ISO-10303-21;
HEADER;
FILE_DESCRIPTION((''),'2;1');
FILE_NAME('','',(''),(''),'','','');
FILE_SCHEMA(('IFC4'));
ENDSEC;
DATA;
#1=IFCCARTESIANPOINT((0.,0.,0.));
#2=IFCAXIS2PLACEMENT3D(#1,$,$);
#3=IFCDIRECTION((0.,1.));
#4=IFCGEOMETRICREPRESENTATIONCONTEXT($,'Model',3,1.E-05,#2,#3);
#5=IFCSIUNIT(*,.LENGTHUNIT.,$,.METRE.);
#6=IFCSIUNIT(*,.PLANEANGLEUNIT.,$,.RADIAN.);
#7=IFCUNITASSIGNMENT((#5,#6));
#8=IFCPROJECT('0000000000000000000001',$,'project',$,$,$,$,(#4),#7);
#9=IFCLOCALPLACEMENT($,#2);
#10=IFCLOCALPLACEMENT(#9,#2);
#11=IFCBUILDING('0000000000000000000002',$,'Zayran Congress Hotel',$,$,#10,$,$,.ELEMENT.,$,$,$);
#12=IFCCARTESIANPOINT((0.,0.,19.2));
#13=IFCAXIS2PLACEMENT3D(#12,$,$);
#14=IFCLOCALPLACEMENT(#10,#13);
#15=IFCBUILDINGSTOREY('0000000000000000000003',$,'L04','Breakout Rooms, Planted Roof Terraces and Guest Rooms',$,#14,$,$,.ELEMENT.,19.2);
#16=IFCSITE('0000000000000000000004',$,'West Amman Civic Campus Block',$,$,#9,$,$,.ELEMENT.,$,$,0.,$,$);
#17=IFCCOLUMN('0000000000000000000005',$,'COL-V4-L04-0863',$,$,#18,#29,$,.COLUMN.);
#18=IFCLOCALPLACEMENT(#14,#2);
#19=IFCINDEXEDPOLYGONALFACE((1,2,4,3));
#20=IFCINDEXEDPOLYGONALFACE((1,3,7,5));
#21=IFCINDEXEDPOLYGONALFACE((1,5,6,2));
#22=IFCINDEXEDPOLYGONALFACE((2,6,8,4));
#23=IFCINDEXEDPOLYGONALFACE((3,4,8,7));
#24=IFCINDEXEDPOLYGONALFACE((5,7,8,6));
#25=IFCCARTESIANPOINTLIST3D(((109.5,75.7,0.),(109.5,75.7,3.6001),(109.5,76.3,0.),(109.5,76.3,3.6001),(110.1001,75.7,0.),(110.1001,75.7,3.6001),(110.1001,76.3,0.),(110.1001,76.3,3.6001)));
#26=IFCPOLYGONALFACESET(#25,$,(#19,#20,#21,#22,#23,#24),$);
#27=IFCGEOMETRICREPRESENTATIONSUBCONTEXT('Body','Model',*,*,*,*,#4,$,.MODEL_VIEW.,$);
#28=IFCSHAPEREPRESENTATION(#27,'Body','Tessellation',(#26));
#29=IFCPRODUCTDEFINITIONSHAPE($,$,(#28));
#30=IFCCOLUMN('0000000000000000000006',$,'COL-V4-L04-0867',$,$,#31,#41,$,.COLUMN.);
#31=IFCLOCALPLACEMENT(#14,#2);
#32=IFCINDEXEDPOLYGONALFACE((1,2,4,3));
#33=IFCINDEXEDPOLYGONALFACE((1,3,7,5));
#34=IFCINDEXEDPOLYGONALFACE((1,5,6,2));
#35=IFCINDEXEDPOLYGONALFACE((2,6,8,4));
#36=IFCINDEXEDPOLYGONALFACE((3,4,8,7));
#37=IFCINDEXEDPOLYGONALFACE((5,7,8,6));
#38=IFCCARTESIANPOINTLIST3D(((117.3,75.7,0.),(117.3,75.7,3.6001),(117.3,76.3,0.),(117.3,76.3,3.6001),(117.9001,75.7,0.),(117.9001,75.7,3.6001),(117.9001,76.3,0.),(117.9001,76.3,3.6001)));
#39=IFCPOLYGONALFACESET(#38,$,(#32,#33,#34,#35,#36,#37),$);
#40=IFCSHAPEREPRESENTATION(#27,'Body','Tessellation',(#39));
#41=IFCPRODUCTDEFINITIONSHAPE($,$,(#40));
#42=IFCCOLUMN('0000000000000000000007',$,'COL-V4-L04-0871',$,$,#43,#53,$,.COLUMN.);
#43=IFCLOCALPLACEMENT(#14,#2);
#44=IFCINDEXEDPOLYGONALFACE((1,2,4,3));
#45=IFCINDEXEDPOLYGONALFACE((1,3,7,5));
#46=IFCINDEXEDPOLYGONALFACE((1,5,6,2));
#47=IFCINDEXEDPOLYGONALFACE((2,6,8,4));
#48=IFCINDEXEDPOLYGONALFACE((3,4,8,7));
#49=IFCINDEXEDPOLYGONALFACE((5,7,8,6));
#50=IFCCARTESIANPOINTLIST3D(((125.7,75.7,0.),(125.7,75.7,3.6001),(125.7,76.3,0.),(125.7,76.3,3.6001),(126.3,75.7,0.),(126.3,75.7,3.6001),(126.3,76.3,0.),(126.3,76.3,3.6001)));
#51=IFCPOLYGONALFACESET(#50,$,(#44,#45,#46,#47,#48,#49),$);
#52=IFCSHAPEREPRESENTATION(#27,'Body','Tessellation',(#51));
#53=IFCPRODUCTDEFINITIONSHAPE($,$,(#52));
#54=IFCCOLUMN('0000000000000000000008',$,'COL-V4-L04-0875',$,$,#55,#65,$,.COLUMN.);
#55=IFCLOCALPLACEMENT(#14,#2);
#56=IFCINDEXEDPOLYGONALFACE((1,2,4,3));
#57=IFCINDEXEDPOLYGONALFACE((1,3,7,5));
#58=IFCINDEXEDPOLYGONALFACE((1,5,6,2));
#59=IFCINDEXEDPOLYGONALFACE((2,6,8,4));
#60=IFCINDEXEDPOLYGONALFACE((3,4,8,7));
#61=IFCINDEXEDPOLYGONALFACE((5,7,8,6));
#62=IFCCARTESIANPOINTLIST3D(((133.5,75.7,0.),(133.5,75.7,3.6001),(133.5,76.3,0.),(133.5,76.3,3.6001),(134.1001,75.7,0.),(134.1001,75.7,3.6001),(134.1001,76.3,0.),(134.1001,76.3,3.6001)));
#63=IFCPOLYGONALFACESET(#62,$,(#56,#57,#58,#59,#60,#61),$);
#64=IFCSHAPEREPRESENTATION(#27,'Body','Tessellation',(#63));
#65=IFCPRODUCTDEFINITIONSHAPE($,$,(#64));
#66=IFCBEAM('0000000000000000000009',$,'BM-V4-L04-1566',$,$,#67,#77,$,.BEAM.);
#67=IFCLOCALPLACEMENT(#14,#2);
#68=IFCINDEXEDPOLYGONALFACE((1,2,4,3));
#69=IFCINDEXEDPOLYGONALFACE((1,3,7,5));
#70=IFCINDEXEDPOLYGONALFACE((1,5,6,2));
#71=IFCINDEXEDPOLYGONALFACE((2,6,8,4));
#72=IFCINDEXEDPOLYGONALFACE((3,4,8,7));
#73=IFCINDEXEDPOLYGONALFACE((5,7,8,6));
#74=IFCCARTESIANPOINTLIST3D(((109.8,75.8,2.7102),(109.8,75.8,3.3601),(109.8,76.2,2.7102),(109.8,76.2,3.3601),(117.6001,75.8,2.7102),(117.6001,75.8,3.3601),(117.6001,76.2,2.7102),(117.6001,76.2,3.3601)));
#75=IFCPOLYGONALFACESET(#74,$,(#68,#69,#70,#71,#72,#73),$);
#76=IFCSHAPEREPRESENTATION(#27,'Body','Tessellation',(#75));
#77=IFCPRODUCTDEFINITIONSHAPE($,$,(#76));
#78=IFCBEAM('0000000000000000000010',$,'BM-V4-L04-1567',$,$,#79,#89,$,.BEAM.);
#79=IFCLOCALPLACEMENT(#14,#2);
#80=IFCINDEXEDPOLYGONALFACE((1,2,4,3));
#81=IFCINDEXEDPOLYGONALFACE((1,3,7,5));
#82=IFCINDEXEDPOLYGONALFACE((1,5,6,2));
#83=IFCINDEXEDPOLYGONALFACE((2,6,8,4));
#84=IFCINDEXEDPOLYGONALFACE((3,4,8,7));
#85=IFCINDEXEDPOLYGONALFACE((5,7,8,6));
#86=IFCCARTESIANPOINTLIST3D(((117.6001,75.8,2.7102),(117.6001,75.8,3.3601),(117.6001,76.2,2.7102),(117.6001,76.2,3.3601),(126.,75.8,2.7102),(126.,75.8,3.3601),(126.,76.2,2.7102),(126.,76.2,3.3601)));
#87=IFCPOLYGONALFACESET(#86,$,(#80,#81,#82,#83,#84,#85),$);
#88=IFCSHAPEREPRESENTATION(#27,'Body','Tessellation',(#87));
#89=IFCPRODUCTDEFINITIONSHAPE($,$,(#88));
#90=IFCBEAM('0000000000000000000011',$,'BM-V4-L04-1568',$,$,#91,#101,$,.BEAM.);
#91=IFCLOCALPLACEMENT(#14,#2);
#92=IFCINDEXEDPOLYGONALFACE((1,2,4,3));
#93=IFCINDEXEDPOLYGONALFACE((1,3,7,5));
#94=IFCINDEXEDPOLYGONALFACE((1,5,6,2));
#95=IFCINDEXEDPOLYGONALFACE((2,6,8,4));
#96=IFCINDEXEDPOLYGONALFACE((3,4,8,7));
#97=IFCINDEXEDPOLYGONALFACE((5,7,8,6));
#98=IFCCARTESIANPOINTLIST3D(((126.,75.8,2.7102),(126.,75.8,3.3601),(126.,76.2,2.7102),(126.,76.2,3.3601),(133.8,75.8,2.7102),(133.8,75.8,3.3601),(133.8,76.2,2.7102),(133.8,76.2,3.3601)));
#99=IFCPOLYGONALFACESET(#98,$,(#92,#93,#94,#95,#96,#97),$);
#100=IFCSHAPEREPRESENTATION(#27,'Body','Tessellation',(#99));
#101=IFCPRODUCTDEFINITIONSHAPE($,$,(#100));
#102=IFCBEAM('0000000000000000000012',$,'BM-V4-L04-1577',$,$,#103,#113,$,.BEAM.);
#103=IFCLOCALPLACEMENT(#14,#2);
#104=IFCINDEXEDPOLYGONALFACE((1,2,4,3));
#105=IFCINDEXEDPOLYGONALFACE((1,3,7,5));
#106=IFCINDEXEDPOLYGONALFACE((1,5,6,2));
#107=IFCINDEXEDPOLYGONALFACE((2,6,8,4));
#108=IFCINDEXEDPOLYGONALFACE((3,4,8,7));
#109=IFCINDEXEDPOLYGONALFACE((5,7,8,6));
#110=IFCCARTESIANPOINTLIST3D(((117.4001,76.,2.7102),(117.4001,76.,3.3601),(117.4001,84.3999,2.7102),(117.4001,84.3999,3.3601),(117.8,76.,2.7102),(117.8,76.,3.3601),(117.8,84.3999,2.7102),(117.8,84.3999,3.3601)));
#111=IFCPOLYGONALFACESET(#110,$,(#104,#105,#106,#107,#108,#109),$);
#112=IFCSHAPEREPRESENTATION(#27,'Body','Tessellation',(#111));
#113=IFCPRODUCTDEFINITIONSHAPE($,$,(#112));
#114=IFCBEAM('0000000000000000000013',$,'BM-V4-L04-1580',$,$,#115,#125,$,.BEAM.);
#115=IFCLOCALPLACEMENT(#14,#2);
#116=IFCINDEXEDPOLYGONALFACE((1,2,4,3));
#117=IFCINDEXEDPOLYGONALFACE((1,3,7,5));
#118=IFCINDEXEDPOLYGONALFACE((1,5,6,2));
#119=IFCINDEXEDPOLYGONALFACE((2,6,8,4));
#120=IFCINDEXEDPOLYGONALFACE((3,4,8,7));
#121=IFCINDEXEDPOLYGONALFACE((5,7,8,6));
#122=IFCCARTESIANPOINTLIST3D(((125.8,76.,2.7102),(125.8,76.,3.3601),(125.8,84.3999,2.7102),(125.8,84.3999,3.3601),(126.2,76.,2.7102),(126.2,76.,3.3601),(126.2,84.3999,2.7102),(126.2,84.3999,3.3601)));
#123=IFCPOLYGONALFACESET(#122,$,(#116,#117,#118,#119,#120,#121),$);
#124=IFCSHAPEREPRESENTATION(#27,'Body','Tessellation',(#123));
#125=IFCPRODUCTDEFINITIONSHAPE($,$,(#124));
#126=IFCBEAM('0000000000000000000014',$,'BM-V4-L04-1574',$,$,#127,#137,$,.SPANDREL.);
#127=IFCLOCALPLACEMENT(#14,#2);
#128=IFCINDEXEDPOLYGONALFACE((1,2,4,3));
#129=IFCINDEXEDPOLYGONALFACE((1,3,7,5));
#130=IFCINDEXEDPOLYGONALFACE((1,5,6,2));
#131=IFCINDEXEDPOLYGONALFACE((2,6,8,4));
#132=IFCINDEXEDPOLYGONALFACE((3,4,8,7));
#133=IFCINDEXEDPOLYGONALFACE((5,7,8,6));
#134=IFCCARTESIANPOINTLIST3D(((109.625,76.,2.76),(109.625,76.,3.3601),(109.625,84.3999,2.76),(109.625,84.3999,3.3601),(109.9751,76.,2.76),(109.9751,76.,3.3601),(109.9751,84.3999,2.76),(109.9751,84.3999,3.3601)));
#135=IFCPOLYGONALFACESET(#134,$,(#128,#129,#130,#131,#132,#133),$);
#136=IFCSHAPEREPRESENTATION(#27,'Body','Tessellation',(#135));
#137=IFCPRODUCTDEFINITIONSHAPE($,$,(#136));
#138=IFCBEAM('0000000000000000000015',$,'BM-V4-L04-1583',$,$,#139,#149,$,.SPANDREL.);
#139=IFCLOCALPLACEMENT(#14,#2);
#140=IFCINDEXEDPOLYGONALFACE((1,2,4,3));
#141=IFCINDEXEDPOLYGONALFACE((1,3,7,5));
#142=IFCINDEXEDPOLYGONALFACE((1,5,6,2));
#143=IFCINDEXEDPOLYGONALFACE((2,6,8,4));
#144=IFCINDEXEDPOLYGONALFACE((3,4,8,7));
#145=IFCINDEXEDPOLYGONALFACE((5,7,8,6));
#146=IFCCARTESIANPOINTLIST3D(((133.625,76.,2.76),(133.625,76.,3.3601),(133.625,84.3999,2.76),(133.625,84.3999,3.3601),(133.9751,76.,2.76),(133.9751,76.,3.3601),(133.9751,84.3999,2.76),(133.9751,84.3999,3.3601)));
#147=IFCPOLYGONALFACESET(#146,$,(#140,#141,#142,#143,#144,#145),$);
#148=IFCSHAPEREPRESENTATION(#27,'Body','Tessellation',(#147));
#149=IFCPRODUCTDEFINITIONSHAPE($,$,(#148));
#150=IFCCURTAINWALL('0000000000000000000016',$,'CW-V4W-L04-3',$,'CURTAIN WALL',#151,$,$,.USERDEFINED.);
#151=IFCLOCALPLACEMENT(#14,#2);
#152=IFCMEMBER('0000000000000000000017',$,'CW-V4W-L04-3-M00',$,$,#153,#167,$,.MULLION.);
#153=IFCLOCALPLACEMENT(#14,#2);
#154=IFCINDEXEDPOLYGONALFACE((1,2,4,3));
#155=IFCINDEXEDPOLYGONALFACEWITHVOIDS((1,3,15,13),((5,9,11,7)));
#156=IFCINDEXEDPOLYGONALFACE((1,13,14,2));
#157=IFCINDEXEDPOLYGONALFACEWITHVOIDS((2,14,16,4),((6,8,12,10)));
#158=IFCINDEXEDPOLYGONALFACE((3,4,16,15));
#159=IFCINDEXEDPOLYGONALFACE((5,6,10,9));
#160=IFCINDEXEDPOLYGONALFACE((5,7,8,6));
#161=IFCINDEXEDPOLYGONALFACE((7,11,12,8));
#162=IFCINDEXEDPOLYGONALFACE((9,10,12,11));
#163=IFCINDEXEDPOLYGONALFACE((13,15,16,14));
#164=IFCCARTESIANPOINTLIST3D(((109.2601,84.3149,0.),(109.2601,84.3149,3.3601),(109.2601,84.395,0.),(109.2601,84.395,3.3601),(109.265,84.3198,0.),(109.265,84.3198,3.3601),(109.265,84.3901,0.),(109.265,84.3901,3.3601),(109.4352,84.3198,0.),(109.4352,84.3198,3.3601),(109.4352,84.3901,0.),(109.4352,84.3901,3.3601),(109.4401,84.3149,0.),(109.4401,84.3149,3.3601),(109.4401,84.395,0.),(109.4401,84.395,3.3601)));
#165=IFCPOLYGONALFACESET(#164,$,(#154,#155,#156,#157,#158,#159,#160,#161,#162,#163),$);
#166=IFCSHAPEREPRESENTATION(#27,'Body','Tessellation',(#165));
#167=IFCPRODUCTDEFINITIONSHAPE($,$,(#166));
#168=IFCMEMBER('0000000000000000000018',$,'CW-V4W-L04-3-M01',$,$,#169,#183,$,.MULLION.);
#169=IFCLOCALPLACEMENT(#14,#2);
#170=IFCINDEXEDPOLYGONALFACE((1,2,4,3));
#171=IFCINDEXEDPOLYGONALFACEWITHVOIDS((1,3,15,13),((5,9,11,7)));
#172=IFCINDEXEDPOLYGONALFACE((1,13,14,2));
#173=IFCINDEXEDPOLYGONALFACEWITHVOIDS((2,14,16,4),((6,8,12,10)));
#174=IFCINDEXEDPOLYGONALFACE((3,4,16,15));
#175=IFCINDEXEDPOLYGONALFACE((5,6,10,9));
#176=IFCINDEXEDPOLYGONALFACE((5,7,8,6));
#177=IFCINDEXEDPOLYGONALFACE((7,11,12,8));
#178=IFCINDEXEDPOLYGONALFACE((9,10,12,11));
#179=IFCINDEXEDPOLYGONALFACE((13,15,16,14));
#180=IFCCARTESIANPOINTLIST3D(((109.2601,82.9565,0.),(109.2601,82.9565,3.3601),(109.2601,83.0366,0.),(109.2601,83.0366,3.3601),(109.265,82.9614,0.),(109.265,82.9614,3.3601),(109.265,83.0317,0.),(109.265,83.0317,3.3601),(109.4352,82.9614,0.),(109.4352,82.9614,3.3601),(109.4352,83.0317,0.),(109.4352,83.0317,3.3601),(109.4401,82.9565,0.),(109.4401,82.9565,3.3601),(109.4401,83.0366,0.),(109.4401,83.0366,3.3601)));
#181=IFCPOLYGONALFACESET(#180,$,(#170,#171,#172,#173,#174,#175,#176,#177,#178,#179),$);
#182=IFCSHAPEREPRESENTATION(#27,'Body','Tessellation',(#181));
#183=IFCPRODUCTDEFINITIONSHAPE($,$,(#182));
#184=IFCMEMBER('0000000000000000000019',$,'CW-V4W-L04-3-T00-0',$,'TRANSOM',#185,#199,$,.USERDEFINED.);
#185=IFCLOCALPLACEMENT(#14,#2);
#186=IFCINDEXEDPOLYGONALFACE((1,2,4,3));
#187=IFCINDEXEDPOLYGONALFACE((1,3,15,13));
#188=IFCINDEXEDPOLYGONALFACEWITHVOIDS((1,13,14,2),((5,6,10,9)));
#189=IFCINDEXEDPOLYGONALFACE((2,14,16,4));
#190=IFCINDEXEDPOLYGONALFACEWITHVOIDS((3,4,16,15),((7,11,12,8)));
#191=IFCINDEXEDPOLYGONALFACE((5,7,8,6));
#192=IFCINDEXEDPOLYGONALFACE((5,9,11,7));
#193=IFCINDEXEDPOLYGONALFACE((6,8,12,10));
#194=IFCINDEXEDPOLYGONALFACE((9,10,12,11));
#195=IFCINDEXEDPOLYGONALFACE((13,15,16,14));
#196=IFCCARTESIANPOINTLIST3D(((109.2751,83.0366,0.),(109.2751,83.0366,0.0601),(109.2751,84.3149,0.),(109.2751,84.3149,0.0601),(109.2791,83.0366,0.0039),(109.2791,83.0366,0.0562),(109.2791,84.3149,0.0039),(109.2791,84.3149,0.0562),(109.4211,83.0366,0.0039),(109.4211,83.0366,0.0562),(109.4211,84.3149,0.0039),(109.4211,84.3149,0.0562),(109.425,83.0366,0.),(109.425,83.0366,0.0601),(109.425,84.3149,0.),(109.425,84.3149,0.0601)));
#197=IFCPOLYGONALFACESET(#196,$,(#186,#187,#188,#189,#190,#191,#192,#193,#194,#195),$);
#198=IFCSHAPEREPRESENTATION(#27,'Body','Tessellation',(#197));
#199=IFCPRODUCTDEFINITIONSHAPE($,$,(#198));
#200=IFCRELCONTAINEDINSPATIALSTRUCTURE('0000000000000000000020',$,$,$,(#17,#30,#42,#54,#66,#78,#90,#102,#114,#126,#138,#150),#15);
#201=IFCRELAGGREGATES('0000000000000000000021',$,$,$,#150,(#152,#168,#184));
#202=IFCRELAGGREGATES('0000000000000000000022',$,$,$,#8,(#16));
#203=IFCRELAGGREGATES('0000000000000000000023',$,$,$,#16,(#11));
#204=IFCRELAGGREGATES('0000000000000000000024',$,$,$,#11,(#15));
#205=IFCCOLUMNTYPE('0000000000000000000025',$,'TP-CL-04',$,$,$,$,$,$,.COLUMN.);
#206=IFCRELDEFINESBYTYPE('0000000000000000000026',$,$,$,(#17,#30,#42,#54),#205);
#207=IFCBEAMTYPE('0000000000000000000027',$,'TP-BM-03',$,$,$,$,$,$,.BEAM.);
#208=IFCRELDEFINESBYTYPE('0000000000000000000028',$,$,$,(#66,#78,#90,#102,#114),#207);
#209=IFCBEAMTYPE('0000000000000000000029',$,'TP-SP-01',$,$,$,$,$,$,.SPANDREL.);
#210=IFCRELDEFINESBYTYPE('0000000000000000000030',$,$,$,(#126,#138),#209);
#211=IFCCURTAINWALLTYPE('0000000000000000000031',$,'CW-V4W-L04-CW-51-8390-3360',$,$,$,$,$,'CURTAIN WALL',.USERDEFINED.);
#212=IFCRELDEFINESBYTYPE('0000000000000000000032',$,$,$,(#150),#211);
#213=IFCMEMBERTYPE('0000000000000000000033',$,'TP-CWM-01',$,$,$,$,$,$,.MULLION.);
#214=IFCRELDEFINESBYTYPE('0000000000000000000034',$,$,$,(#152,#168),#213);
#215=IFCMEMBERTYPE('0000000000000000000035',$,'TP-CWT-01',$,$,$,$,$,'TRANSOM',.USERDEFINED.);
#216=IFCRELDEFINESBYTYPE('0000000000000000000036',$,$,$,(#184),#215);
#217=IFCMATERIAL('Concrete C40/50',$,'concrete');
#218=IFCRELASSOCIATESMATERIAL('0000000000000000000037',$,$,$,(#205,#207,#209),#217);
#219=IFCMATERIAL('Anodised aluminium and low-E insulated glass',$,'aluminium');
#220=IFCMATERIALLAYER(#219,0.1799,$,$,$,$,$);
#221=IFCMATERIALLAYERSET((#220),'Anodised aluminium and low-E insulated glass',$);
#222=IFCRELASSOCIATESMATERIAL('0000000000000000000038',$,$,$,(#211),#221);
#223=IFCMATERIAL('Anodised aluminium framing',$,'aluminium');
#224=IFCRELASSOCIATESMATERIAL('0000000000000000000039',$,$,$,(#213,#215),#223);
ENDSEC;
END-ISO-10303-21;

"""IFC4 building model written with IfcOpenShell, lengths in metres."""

from ifc_helpers import new_model, si_unit, direction, frame, origin, origin_2d, place, context, subcontext, project, spatial, rectangle, hollow_rectangle, extrude, material, layer, layer_set, material_profile, profile_set, type_object, element, aggregate, save


model = new_model("IFC4")

# Units and contexts
model_context = context("Model", 3, precision=1e-05, world=origin(), true_north=direction((0.0, 1.0)))
body_context = subcontext(model_context, "Body", "Model", "MODEL_VIEW")
ifc_project = project(units=[si_unit("LENGTHUNIT", "METRE"), si_unit("PLANEANGLEUNIT", "RADIAN")], contexts=[model_context])

# Site, building, storey
site_placement = place(None, origin())
site = spatial("IfcSite", under=ifc_project, at=site_placement, Name="West Amman Civic Campus Block", CompositionType="ELEMENT", RefElevation=0.0)
building_placement = place(site_placement, origin())
building = spatial("IfcBuilding", under=site, at=building_placement, Name="Zayran Congress Hotel", CompositionType="ELEMENT")
storey_placement = place(building_placement, frame((0.0, 0.0, 19.2)))
storey = spatial("IfcBuildingStorey", under=building, at=storey_placement, Name="L04", Description="Breakout Rooms, Planted Roof Terraces and Guest Rooms", CompositionType="ELEMENT", Elevation=19.2)

# Columns
ifc_material_1 = material(Name="Concrete C40/50", Category="concrete")
ifc_material_profile_1 = material_profile(ifc_material_1, rectangle(XDim=0.6001, YDim=0.6001, at=origin_2d()), Name="RC 600x600")
ifc_profile_set_1 = profile_set([ifc_material_profile_1], Name="Concrete C40/50")
column_type = type_object("IfcColumnType", Name="TP-CL-04", PredefinedType="COLUMN", material=ifc_profile_set_1)
for number, where, z_axis, x_axis, name in (
    (1, (109.8, 76.0, 0.0), (0.0, 0.0, 1.0), (1.0, 0.0, 0.0), "COL-V4-L04-0863"),
    (2, (117.6001, 76.0, 0.0), (0.0, 0.0, 1.0), (1.0, 0.0, 0.0), "COL-V4-L04-0867"),
    (3, (126.0, 76.0, 0.0), (0.0, 0.0, 1.0), (1.0, 0.0, 0.0), "COL-V4-L04-0871"),
    (4, (133.8, 76.0, 0.0), (0.0, 0.0, 1.0), (1.0, 0.0, 0.0), "COL-V4-L04-0875"),
):
    element("IfcColumn", number, at=place(storey_placement, frame(where, z_axis=z_axis, x_axis=x_axis)), inside=storey, type_object=column_type, Name=name, PredefinedType="COLUMN", context=body_context, shape_type="SweptSolid", body=[
        extrude(rectangle(XDim=0.6001, YDim=0.6001, at=origin_2d()), origin(), (0.0, 0.0, 1.0), 3.6001),
    ])

# Beams
ifc_material_profile_2 = material_profile(ifc_material_1, rectangle(XDim=0.3999, YDim=0.6499, at=origin_2d()), Name="RC 400x650")
ifc_profile_set_2 = profile_set([ifc_material_profile_2], Name="Concrete C40/50")
beam_type_1 = type_object("IfcBeamType", Name="TP-BM-03", PredefinedType="BEAM", material=ifc_profile_set_2)
beam_1_placement = place(storey_placement, frame((109.8, 76.0, 3.0352), z_axis=(1.0, 0.0, 0.0), x_axis=(0.0, 1.0, 0.0)))
element("IfcBeam", 5, at=beam_1_placement, inside=storey, type_object=beam_type_1, Name="BM-V4-L04-1566", PredefinedType="BEAM", context=body_context, shape_type="SweptSolid", body=[
    extrude(rectangle(XDim=0.3999, YDim=0.6499, at=origin_2d()), origin(), (0.0, 0.0, 1.0), 7.8),
])
beam_2_placement = place(storey_placement, frame((117.6001, 76.0, 3.0352), z_axis=(1.0, 0.0, 0.0), x_axis=(0.0, 1.0, 0.0)))
element("IfcBeam", 6, at=beam_2_placement, inside=storey, type_object=beam_type_1, Name="BM-V4-L04-1567", PredefinedType="BEAM", context=body_context, shape_type="SweptSolid", body=[
    extrude(rectangle(XDim=0.3999, YDim=0.6499, at=origin_2d()), origin(), (0.0, 0.0, 1.0), 8.3999),
])
beam_3_placement = place(storey_placement, frame((126.0, 76.0, 3.0352), z_axis=(1.0, 0.0, 0.0), x_axis=(0.0, 1.0, 0.0)))
element("IfcBeam", 7, at=beam_3_placement, inside=storey, type_object=beam_type_1, Name="BM-V4-L04-1568", PredefinedType="BEAM", context=body_context, shape_type="SweptSolid", body=[
    extrude(rectangle(XDim=0.3999, YDim=0.6499, at=origin_2d()), origin(), (0.0, 0.0, 1.0), 7.8),
])
for number, where, z_axis, x_axis, name in (
    (8, (117.6001, 76.0, 3.0352), (0.0, 1.0, 0.0), (-1.0, 0.0, 0.0), "BM-V4-L04-1577"),
    (9, (126.0, 76.0, 3.0352), (0.0, 1.0, 0.0), (-1.0, 0.0, 0.0), "BM-V4-L04-1580"),
):
    element("IfcBeam", number, at=place(storey_placement, frame(where, z_axis=z_axis, x_axis=x_axis)), inside=storey, type_object=beam_type_1, Name=name, PredefinedType="BEAM", context=body_context, shape_type="SweptSolid", body=[
        extrude(rectangle(XDim=0.3999, YDim=0.6499, at=origin_2d()), origin(), (0.0, 0.0, 1.0), 8.3999),
    ])
ifc_material_profile_3 = material_profile(ifc_material_1, rectangle(XDim=0.3501, YDim=0.6001, at=origin_2d()), Name="RC 350x600")
ifc_profile_set_3 = profile_set([ifc_material_profile_3], Name="Concrete C40/50")
beam_type_2 = type_object("IfcBeamType", Name="TP-SP-01", PredefinedType="SPANDREL", material=ifc_profile_set_3)
for number, where, z_axis, x_axis, name in (
    (10, (109.8, 76.0, 3.0601), (0.0, 1.0, 0.0), (-1.0, 0.0, 0.0), "BM-V4-L04-1574"),
    (11, (133.8, 76.0, 3.0601), (0.0, 1.0, 0.0), (-1.0, 0.0, 0.0), "BM-V4-L04-1583"),
):
    element("IfcBeam", number, at=place(storey_placement, frame(where, z_axis=z_axis, x_axis=x_axis)), inside=storey, type_object=beam_type_2, Name=name, PredefinedType="SPANDREL", context=body_context, shape_type="SweptSolid", body=[
        extrude(rectangle(XDim=0.3501, YDim=0.6001, at=origin_2d()), origin(), (0.0, 0.0, 1.0), 8.3999),
    ])

# Curtain wall, members
ifc_material_2 = material(Name="Anodised aluminium and low-E insulated glass", Category="aluminium")
ifc_layer_1 = layer(ifc_material_2, 0.1799)
ifc_layer_set_1 = layer_set([ifc_layer_1], Name="Anodised aluminium and low-E insulated glass")
curtain_wall_type = type_object("IfcCurtainWallType", Name="CW-V4W-L04-CW-51-8390-3360", ElementType="CURTAIN WALL", PredefinedType="USERDEFINED", material=ifc_layer_set_1)
curtain_wall_placement = place(storey_placement, origin())
curtain_wall = element("IfcCurtainWall", 12, at=curtain_wall_placement, inside=storey, type_object=curtain_wall_type, Name="CW-V4W-L04-3", ObjectType="CURTAIN WALL", PredefinedType="USERDEFINED")
ifc_material_3 = material(Name="Anodised aluminium framing", Category="aluminium")
ifc_material_profile_4 = material_profile(ifc_material_3, hollow_rectangle(XDim=0.0801, YDim=0.1799, WallThickness=0.0049, at=origin_2d()), Name="RHS 180x80x5")
ifc_profile_set_4 = profile_set([ifc_material_profile_4], Name="Anodised aluminium framing")
member_type_1 = type_object("IfcMemberType", Name="TP-CWM-01", PredefinedType="MULLION", material=ifc_profile_set_4)
member_1_placement = place(storey_placement, frame((109.3501, 84.355, 0.0), z_axis=(0.0, 0.0, 1.0), x_axis=(0.0, 1.0, 0.0)))
member_1 = element("IfcMember", 13, at=member_1_placement, type_object=member_type_1, Name="CW-V4W-L04-3-M00", PredefinedType="MULLION", context=body_context, shape_type="SweptSolid", body=[
    extrude(hollow_rectangle(XDim=0.0801, YDim=0.1799, WallThickness=0.0049, at=origin_2d()), origin(), (0.0, 0.0, 1.0), 3.3601),
])
member_2_placement = place(storey_placement, frame((109.3501, 82.9966, 0.0), z_axis=(0.0, 0.0, 1.0), x_axis=(0.0, 1.0, 0.0)))
member_2 = element("IfcMember", 14, at=member_2_placement, type_object=member_type_1, Name="CW-V4W-L04-3-M01", PredefinedType="MULLION", context=body_context, shape_type="SweptSolid", body=[
    extrude(hollow_rectangle(XDim=0.0801, YDim=0.1799, WallThickness=0.0049, at=origin_2d()), origin(), (0.0, 0.0, 1.0), 3.3601),
])
ifc_material_profile_5 = material_profile(ifc_material_3, hollow_rectangle(XDim=0.0601, YDim=0.1499, WallThickness=0.0039, at=origin_2d()), Name="RHS 150x60x4")
ifc_profile_set_5 = profile_set([ifc_material_profile_5], Name="Anodised aluminium framing")
member_type_2 = type_object("IfcMemberType", Name="TP-CWT-01", ElementType="TRANSOM", PredefinedType="USERDEFINED", material=ifc_profile_set_5)
member_3_placement = place(storey_placement, frame((109.3501, 84.3149, 0.03), z_axis=(0.0, -1.0, 0.0), x_axis=(0.0, 0.0, 1.0)))
member_3 = element("IfcMember", 15, at=member_3_placement, type_object=member_type_2, Name="CW-V4W-L04-3-T00-0", ObjectType="TRANSOM", PredefinedType="USERDEFINED", context=body_context, shape_type="SweptSolid", body=[
    extrude(hollow_rectangle(XDim=0.0601, YDim=0.1499, WallThickness=0.0039, at=origin_2d()), origin(), (0.0, 0.0, 1.0), 1.2783),
])
aggregate(curtain_wall, [member_1, member_2, member_3])

save(model, "model.ifc")
